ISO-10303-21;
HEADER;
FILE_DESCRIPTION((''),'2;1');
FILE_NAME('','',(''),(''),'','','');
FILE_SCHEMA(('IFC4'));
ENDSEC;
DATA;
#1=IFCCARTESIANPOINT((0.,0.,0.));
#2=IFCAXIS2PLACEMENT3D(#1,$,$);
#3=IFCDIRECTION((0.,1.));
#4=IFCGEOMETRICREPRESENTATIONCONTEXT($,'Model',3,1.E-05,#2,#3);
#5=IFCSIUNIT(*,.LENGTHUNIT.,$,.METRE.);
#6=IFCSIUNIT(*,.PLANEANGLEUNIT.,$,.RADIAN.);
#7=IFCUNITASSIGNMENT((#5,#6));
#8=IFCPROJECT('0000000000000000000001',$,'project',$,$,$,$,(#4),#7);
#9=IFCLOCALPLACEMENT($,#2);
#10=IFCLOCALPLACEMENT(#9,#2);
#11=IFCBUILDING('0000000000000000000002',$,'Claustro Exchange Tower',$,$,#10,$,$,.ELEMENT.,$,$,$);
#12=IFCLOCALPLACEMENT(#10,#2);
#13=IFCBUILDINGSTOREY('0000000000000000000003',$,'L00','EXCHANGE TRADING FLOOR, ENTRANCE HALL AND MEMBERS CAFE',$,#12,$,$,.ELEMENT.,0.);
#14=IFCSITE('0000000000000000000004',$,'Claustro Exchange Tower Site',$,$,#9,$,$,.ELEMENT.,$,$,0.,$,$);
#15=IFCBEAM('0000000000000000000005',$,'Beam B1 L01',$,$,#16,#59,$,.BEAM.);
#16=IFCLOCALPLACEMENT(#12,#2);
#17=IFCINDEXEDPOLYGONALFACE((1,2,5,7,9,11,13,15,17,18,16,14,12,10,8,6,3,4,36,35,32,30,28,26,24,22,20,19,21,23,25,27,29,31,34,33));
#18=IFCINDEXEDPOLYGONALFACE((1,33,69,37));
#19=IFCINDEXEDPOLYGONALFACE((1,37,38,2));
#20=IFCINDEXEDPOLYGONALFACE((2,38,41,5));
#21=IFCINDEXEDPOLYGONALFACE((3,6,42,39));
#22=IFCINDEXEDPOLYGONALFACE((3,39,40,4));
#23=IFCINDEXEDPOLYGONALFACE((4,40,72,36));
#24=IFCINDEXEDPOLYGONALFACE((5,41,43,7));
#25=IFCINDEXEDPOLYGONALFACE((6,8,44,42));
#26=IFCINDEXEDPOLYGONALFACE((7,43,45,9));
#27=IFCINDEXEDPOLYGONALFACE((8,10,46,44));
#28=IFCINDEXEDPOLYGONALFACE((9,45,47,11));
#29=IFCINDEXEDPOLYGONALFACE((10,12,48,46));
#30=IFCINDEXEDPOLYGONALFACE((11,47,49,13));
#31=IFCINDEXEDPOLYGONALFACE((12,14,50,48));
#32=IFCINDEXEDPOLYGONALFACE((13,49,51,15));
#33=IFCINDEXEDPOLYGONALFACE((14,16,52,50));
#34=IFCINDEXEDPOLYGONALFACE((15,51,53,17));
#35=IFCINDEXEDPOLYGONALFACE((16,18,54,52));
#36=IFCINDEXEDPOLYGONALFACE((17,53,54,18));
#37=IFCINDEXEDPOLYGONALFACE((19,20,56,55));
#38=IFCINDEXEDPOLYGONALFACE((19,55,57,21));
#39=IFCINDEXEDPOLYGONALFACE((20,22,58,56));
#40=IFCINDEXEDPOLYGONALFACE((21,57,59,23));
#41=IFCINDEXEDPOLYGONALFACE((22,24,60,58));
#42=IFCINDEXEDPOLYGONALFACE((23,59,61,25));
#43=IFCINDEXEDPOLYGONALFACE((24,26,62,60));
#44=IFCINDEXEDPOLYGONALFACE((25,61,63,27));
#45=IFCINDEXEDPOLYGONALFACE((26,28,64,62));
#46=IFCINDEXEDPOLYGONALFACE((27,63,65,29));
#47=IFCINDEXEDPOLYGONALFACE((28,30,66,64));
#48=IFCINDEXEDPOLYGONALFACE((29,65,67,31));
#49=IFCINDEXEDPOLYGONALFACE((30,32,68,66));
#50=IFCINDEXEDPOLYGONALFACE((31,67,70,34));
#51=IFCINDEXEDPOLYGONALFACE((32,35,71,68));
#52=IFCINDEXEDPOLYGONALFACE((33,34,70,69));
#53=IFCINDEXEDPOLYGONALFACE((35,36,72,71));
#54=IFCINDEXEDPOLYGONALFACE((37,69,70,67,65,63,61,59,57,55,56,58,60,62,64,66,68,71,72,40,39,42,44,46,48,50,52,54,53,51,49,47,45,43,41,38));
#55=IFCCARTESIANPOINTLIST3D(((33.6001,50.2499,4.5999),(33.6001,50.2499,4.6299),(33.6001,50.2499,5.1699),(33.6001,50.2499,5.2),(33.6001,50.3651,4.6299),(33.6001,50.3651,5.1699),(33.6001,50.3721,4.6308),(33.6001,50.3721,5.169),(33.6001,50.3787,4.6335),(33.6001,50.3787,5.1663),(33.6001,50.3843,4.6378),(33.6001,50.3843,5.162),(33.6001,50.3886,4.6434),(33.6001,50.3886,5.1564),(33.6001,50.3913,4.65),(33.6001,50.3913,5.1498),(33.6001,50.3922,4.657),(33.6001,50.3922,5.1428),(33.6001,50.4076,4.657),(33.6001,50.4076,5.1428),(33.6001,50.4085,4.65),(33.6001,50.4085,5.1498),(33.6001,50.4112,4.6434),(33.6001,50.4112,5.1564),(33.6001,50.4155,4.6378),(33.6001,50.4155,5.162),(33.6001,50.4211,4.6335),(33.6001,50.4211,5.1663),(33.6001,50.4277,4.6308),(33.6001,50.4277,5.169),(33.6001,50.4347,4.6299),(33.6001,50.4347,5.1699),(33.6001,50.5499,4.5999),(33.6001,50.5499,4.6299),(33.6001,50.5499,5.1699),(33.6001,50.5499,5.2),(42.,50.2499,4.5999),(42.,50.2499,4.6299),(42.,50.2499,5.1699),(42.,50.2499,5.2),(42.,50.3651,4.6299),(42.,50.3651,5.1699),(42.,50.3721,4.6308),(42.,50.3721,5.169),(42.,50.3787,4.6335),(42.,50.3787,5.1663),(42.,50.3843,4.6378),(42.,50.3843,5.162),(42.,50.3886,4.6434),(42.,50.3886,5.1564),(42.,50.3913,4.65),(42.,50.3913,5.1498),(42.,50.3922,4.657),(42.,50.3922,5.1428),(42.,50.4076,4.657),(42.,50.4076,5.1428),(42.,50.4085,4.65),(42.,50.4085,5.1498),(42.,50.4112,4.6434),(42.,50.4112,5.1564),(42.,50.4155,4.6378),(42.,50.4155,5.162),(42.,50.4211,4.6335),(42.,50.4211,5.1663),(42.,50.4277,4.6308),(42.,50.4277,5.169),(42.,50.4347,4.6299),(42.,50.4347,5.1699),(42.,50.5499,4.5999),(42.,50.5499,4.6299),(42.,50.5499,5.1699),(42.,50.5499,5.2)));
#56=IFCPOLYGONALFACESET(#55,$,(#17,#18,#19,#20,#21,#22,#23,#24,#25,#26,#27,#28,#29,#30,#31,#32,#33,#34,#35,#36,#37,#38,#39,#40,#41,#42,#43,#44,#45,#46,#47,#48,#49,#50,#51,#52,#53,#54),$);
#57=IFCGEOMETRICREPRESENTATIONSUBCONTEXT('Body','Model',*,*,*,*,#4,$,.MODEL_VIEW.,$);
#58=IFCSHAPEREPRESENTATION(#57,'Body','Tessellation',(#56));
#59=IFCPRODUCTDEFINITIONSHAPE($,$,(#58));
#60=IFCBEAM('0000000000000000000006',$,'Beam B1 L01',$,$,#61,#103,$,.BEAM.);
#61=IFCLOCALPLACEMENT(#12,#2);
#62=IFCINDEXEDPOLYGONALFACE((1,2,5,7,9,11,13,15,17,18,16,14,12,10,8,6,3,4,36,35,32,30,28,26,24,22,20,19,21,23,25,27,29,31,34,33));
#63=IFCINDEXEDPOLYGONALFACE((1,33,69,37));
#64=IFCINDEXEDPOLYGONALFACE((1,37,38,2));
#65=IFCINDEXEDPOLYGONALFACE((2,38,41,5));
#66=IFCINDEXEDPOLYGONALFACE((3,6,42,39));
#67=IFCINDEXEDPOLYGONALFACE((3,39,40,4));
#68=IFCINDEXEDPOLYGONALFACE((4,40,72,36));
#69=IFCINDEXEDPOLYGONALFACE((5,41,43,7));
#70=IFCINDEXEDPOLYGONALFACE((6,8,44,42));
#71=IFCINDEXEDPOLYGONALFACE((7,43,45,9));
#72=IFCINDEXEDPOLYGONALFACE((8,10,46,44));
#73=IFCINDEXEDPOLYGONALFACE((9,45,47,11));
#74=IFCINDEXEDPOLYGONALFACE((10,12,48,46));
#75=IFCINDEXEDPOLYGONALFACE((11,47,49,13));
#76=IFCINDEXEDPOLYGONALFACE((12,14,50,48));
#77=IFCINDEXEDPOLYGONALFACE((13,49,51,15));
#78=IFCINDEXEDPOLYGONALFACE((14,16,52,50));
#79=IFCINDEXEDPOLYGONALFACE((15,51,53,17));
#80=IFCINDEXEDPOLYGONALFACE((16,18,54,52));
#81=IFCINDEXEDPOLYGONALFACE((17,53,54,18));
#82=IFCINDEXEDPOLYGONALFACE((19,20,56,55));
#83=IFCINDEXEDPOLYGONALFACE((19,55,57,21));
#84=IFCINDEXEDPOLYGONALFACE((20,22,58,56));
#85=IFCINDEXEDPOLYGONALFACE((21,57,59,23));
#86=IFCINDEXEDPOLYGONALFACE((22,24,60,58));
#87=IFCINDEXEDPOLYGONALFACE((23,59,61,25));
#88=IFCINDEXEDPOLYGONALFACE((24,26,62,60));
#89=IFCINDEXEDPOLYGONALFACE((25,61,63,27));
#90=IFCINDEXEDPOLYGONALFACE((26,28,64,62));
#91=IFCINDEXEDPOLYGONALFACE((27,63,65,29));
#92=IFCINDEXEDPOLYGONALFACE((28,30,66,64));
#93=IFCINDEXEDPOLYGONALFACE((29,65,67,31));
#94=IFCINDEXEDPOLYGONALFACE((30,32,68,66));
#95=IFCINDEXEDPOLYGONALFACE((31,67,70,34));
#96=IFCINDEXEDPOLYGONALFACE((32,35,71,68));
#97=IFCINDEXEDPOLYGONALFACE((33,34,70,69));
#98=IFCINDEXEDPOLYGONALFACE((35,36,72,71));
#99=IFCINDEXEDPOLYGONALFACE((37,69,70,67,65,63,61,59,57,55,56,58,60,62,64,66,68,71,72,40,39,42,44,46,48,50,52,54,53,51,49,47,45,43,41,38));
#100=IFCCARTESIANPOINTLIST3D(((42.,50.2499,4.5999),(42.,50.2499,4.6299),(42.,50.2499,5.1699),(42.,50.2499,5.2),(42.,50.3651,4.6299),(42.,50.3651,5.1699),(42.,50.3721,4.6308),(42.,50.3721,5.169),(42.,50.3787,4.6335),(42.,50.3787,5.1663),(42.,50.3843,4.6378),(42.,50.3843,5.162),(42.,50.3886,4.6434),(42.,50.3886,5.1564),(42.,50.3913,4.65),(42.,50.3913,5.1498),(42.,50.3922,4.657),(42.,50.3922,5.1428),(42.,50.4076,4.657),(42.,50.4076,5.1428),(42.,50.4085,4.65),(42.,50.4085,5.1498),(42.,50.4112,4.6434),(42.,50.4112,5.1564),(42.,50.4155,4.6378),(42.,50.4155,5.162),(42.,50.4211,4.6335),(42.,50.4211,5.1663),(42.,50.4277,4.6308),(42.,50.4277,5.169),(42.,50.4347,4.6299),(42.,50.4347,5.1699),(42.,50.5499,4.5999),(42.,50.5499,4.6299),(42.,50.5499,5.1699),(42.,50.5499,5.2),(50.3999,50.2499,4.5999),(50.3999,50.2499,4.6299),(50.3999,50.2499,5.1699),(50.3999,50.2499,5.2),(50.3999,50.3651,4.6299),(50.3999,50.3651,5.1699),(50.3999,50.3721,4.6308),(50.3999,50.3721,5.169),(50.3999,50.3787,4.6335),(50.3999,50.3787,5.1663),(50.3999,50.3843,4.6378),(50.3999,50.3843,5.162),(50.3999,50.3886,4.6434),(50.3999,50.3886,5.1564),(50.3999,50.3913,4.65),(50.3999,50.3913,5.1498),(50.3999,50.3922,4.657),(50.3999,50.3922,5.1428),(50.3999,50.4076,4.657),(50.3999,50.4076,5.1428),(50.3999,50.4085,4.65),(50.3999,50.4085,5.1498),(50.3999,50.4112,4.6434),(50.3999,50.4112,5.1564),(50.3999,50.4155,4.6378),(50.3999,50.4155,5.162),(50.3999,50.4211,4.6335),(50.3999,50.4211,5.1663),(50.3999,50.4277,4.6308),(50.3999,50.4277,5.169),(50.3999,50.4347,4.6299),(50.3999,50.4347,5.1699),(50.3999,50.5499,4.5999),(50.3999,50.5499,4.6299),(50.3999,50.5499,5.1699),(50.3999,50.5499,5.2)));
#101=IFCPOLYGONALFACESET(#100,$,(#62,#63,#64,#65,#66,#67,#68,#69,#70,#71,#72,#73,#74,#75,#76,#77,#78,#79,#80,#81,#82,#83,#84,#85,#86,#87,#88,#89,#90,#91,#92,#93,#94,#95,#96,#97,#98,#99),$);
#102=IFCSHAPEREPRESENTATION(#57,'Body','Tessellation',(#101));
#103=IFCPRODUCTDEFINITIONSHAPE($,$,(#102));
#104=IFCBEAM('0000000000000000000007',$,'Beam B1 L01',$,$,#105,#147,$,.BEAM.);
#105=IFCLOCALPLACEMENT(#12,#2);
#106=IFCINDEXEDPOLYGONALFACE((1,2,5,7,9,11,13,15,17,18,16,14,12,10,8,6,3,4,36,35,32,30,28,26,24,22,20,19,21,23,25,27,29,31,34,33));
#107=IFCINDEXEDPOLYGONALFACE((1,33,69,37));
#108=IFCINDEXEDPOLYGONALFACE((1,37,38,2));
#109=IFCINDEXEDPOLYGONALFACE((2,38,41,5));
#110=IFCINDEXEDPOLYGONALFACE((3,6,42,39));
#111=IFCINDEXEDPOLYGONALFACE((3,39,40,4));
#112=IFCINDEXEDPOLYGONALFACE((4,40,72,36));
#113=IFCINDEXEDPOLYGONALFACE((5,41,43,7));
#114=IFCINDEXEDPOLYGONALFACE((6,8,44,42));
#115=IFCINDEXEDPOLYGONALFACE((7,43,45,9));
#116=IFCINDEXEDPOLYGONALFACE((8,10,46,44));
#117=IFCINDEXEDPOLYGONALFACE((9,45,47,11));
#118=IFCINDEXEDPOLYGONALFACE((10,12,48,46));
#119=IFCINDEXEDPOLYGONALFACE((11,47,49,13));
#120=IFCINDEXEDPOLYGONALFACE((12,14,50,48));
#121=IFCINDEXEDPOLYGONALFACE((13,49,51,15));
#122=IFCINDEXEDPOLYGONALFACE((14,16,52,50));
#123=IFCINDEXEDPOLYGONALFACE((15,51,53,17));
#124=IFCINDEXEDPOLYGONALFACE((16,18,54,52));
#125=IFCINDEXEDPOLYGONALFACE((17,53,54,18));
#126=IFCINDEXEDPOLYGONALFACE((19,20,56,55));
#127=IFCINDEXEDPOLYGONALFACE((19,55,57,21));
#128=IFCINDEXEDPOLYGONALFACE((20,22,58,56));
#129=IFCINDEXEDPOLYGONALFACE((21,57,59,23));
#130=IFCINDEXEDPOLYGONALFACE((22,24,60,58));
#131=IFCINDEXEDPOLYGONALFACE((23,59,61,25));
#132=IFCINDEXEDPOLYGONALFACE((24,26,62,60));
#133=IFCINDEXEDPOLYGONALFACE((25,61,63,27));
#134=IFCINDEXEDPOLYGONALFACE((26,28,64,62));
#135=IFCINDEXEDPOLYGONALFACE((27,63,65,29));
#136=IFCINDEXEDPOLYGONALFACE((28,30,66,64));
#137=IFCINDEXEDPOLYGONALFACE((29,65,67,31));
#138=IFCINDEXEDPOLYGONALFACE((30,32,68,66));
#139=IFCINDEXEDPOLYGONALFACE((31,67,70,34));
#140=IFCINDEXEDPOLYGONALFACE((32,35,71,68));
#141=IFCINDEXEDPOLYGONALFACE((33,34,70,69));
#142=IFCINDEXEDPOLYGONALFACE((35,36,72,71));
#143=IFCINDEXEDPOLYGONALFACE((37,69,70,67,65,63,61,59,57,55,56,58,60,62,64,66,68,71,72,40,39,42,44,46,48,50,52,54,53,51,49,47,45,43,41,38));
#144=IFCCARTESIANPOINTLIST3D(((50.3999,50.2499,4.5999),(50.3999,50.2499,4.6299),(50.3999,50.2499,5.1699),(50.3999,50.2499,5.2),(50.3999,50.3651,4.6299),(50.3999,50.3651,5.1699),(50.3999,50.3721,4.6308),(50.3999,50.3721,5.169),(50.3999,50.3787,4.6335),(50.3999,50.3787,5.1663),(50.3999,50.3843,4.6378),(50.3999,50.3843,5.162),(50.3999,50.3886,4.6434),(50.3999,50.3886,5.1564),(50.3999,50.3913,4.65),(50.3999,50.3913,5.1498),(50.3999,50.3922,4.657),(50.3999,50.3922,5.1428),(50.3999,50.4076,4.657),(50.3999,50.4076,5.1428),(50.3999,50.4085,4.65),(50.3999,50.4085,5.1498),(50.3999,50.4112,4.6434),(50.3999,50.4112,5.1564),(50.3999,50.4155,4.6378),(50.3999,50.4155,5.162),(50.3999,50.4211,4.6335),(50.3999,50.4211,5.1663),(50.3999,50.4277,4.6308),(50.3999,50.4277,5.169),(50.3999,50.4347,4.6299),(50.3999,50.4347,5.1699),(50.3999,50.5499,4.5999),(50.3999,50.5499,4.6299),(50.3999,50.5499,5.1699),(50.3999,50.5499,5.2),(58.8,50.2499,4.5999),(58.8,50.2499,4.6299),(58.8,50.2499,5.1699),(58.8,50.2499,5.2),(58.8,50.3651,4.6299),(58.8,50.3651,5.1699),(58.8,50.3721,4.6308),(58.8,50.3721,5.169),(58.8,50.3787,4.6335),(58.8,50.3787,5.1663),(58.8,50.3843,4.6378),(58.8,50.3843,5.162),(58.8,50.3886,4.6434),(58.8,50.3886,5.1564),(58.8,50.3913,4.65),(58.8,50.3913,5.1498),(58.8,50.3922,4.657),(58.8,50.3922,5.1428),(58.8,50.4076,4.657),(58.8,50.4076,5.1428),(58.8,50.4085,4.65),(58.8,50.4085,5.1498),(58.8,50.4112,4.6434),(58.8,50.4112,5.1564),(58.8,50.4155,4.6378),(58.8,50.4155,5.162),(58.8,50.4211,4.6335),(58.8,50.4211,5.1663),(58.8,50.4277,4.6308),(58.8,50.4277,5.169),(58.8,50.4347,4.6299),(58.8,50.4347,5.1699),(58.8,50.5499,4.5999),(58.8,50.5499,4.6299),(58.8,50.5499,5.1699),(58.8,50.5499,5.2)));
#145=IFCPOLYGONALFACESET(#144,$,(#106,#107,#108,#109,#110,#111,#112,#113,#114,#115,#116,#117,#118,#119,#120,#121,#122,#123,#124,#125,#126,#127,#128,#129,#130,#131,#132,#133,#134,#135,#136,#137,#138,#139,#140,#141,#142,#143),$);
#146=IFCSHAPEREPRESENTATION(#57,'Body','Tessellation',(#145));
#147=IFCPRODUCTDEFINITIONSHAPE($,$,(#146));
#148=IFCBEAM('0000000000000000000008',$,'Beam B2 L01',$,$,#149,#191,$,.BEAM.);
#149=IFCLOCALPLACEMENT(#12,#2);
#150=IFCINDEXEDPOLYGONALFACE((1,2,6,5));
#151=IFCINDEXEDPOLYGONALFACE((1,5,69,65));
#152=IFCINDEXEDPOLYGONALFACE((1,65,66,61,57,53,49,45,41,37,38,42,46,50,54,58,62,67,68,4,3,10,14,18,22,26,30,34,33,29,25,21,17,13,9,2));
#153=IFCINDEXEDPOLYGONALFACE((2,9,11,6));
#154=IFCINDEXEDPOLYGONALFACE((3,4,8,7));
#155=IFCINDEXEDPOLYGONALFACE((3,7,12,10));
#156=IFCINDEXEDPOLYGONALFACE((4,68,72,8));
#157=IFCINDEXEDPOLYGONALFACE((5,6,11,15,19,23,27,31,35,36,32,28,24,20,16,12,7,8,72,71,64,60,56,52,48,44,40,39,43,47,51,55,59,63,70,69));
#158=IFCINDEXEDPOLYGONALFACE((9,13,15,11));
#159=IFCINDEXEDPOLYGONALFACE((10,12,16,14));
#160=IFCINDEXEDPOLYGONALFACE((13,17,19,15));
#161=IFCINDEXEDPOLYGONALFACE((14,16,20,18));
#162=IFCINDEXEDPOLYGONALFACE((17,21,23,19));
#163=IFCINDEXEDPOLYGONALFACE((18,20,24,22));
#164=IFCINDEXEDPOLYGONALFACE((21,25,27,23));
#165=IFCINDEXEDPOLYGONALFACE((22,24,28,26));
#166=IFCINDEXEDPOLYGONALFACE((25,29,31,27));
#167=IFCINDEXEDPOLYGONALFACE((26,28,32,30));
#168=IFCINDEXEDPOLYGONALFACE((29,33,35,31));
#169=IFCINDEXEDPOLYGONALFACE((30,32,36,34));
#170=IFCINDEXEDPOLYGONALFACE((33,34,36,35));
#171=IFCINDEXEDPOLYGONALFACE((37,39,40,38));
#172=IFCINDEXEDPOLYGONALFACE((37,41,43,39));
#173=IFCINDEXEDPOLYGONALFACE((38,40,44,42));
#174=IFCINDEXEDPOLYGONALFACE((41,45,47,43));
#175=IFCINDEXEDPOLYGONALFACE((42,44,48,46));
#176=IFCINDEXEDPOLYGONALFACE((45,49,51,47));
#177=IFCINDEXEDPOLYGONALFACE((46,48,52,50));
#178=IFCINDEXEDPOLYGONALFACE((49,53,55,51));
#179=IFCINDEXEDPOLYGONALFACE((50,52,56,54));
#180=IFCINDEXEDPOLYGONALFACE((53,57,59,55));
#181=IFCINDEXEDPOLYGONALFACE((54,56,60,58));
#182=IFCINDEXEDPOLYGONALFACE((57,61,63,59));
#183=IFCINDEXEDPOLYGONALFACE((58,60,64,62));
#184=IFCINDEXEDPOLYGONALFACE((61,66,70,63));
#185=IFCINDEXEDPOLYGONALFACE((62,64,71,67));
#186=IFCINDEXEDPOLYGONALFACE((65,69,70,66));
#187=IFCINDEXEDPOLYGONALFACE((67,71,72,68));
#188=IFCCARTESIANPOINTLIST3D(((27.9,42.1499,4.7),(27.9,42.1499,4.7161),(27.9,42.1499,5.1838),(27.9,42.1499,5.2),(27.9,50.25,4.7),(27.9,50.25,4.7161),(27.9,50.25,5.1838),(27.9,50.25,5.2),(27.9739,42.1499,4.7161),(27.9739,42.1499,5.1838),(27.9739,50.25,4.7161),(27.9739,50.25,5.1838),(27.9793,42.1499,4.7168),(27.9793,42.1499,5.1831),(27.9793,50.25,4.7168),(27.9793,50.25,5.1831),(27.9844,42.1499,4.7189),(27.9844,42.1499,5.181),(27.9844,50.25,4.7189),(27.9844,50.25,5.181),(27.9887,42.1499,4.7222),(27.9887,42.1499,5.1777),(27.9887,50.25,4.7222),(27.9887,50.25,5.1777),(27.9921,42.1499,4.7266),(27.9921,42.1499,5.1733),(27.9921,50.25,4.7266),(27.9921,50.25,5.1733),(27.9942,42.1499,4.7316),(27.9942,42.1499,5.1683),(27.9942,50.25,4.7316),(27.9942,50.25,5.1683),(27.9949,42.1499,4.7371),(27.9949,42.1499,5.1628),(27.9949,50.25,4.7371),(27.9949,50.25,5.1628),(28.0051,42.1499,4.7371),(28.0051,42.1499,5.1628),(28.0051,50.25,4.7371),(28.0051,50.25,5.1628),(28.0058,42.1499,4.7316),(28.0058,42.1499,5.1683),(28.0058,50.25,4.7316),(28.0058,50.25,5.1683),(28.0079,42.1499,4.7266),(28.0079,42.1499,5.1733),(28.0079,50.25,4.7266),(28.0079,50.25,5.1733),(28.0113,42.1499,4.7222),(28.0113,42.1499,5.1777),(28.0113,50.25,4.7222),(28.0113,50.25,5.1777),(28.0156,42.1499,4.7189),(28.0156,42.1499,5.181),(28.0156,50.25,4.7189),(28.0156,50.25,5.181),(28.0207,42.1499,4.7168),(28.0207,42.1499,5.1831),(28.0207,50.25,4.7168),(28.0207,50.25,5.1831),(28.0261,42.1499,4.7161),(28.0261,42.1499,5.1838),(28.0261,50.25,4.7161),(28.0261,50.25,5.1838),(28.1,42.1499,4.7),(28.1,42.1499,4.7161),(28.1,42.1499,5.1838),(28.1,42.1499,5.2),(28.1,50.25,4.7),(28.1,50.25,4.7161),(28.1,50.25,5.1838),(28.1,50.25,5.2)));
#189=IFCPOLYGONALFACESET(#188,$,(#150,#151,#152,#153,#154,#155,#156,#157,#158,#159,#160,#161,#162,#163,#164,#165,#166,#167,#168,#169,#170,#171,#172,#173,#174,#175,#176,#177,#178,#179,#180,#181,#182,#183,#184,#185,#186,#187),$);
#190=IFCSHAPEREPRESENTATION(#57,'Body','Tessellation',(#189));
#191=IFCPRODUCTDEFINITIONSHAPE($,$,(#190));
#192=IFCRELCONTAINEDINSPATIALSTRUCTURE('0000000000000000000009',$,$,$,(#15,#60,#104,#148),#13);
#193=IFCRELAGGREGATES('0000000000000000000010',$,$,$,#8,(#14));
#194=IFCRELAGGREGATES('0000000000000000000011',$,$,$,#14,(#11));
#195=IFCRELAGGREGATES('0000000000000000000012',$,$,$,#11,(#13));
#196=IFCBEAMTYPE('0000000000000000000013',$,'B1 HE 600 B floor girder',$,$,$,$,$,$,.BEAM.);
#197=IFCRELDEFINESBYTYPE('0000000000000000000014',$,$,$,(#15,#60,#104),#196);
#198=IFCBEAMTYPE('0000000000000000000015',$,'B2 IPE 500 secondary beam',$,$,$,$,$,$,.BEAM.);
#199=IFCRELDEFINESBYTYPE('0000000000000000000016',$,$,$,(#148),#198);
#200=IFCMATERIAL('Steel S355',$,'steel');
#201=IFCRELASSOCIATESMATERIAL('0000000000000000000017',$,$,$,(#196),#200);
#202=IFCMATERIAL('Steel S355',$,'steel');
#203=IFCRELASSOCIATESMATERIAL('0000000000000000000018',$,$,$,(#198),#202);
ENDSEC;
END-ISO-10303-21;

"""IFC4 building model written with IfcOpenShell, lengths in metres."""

from ifc_helpers import new_model, si_unit, direction, frame, origin, origin_2d, place, context, subcontext, project, spatial, i_section, extrude, material, material_profile, profile_set, type_object, element, save


model = new_model("IFC4")

# Units and contexts
model_context = context("Model", 3, precision=1e-05, world=origin(), true_north=direction((0.0, 1.0)))
body_context = subcontext(model_context, "Body", "Model", "MODEL_VIEW")
ifc_project = project(units=[si_unit("LENGTHUNIT", "METRE"), si_unit("PLANEANGLEUNIT", "RADIAN")], contexts=[model_context])

# Site, building, storey
site_placement = place(None, origin())
site = spatial("IfcSite", under=ifc_project, at=site_placement, Name="Claustro Exchange Tower Site", CompositionType="ELEMENT", RefElevation=0.0)
building_placement = place(site_placement, origin())
building = spatial("IfcBuilding", under=site, at=building_placement, Name="Claustro Exchange Tower", CompositionType="ELEMENT")
storey_placement = place(building_placement, origin())
storey = spatial("IfcBuildingStorey", under=building, at=storey_placement, Name="L00", Description="EXCHANGE TRADING FLOOR, ENTRANCE HALL AND MEMBERS CAFE", CompositionType="ELEMENT", Elevation=0.0)

# Beams
ifc_material_1 = material(Name="Steel S355", Category="steel")
ifc_material_profile_1 = material_profile(ifc_material_1, i_section(OverallWidth=0.3, OverallDepth=0.6001, WebThickness=0.0154, FlangeThickness=0.03, FilletRadius=0.0271, at=origin_2d()), Name="HE 600 B")
ifc_profile_set_1 = profile_set([ifc_material_profile_1], Name="Steel S355")
beam_type_1 = type_object("IfcBeamType", Name="B1 HE 600 B floor girder", PredefinedType="BEAM", material=ifc_profile_set_1)
for number, where, z_axis, x_axis, name in (
    (1, (33.6001, 50.3999, 4.8999), (1.0, 0.0, 0.0), (0.0, 1.0, 0.0), "Beam B1 L01"),
    (2, (42.0, 50.3999, 4.8999), (1.0, 0.0, 0.0), (0.0, 1.0, 0.0), "Beam B1 L01"),
):
    element("IfcBeam", number, at=place(storey_placement, frame(where, z_axis=z_axis, x_axis=x_axis)), inside=storey, type_object=beam_type_1, Name=name, PredefinedType="BEAM", context=body_context, shape_type="SweptSolid", body=[
        extrude(i_section(OverallWidth=0.3, OverallDepth=0.6001, WebThickness=0.0154, FlangeThickness=0.03, FilletRadius=0.0271, at=origin_2d()), origin(), (0.0, 0.0, 1.0), 8.3999),
    ])
beam_1_placement = place(storey_placement, frame((50.3999, 50.3999, 4.8999), z_axis=(1.0, 0.0, 0.0), x_axis=(0.0, 1.0, 0.0)))
element("IfcBeam", 3, at=beam_1_placement, inside=storey, type_object=beam_type_1, Name="Beam B1 L01", PredefinedType="BEAM", context=body_context, shape_type="SweptSolid", body=[
    extrude(i_section(OverallWidth=0.3, OverallDepth=0.6001, WebThickness=0.0154, FlangeThickness=0.03, FilletRadius=0.0271, at=origin_2d()), origin(), (0.0, 0.0, 1.0), 8.4001),
])
ifc_material_2 = material(Name="Steel S355", Category="steel")
ifc_material_profile_2 = material_profile(ifc_material_2, i_section(OverallWidth=0.2, OverallDepth=0.5, WebThickness=0.0103, FlangeThickness=0.0161, FilletRadius=0.021, at=origin_2d()), Name="IPE 500")
ifc_profile_set_2 = profile_set([ifc_material_profile_2], Name="Steel S355")
beam_type_2 = type_object("IfcBeamType", Name="B2 IPE 500 secondary beam", PredefinedType="BEAM", material=ifc_profile_set_2)
for number, where, z_axis, x_axis, name in (
    (4, (28.0, 42.1499, 4.95), (0.0, 1.0, 0.0), (-1.0, 0.0, 0.0), "Beam B2 L01"),
):
    element("IfcBeam", number, at=place(storey_placement, frame(where, z_axis=z_axis, x_axis=x_axis)), inside=storey, type_object=beam_type_2, Name=name, PredefinedType="BEAM", context=body_context, shape_type="SweptSolid", body=[
        extrude(i_section(OverallWidth=0.2, OverallDepth=0.5, WebThickness=0.0103, FlangeThickness=0.0161, FilletRadius=0.021, at=origin_2d()), origin(), (0.0, 0.0, 1.0), 8.1001),
    ])

save(model, "model.ifc")
